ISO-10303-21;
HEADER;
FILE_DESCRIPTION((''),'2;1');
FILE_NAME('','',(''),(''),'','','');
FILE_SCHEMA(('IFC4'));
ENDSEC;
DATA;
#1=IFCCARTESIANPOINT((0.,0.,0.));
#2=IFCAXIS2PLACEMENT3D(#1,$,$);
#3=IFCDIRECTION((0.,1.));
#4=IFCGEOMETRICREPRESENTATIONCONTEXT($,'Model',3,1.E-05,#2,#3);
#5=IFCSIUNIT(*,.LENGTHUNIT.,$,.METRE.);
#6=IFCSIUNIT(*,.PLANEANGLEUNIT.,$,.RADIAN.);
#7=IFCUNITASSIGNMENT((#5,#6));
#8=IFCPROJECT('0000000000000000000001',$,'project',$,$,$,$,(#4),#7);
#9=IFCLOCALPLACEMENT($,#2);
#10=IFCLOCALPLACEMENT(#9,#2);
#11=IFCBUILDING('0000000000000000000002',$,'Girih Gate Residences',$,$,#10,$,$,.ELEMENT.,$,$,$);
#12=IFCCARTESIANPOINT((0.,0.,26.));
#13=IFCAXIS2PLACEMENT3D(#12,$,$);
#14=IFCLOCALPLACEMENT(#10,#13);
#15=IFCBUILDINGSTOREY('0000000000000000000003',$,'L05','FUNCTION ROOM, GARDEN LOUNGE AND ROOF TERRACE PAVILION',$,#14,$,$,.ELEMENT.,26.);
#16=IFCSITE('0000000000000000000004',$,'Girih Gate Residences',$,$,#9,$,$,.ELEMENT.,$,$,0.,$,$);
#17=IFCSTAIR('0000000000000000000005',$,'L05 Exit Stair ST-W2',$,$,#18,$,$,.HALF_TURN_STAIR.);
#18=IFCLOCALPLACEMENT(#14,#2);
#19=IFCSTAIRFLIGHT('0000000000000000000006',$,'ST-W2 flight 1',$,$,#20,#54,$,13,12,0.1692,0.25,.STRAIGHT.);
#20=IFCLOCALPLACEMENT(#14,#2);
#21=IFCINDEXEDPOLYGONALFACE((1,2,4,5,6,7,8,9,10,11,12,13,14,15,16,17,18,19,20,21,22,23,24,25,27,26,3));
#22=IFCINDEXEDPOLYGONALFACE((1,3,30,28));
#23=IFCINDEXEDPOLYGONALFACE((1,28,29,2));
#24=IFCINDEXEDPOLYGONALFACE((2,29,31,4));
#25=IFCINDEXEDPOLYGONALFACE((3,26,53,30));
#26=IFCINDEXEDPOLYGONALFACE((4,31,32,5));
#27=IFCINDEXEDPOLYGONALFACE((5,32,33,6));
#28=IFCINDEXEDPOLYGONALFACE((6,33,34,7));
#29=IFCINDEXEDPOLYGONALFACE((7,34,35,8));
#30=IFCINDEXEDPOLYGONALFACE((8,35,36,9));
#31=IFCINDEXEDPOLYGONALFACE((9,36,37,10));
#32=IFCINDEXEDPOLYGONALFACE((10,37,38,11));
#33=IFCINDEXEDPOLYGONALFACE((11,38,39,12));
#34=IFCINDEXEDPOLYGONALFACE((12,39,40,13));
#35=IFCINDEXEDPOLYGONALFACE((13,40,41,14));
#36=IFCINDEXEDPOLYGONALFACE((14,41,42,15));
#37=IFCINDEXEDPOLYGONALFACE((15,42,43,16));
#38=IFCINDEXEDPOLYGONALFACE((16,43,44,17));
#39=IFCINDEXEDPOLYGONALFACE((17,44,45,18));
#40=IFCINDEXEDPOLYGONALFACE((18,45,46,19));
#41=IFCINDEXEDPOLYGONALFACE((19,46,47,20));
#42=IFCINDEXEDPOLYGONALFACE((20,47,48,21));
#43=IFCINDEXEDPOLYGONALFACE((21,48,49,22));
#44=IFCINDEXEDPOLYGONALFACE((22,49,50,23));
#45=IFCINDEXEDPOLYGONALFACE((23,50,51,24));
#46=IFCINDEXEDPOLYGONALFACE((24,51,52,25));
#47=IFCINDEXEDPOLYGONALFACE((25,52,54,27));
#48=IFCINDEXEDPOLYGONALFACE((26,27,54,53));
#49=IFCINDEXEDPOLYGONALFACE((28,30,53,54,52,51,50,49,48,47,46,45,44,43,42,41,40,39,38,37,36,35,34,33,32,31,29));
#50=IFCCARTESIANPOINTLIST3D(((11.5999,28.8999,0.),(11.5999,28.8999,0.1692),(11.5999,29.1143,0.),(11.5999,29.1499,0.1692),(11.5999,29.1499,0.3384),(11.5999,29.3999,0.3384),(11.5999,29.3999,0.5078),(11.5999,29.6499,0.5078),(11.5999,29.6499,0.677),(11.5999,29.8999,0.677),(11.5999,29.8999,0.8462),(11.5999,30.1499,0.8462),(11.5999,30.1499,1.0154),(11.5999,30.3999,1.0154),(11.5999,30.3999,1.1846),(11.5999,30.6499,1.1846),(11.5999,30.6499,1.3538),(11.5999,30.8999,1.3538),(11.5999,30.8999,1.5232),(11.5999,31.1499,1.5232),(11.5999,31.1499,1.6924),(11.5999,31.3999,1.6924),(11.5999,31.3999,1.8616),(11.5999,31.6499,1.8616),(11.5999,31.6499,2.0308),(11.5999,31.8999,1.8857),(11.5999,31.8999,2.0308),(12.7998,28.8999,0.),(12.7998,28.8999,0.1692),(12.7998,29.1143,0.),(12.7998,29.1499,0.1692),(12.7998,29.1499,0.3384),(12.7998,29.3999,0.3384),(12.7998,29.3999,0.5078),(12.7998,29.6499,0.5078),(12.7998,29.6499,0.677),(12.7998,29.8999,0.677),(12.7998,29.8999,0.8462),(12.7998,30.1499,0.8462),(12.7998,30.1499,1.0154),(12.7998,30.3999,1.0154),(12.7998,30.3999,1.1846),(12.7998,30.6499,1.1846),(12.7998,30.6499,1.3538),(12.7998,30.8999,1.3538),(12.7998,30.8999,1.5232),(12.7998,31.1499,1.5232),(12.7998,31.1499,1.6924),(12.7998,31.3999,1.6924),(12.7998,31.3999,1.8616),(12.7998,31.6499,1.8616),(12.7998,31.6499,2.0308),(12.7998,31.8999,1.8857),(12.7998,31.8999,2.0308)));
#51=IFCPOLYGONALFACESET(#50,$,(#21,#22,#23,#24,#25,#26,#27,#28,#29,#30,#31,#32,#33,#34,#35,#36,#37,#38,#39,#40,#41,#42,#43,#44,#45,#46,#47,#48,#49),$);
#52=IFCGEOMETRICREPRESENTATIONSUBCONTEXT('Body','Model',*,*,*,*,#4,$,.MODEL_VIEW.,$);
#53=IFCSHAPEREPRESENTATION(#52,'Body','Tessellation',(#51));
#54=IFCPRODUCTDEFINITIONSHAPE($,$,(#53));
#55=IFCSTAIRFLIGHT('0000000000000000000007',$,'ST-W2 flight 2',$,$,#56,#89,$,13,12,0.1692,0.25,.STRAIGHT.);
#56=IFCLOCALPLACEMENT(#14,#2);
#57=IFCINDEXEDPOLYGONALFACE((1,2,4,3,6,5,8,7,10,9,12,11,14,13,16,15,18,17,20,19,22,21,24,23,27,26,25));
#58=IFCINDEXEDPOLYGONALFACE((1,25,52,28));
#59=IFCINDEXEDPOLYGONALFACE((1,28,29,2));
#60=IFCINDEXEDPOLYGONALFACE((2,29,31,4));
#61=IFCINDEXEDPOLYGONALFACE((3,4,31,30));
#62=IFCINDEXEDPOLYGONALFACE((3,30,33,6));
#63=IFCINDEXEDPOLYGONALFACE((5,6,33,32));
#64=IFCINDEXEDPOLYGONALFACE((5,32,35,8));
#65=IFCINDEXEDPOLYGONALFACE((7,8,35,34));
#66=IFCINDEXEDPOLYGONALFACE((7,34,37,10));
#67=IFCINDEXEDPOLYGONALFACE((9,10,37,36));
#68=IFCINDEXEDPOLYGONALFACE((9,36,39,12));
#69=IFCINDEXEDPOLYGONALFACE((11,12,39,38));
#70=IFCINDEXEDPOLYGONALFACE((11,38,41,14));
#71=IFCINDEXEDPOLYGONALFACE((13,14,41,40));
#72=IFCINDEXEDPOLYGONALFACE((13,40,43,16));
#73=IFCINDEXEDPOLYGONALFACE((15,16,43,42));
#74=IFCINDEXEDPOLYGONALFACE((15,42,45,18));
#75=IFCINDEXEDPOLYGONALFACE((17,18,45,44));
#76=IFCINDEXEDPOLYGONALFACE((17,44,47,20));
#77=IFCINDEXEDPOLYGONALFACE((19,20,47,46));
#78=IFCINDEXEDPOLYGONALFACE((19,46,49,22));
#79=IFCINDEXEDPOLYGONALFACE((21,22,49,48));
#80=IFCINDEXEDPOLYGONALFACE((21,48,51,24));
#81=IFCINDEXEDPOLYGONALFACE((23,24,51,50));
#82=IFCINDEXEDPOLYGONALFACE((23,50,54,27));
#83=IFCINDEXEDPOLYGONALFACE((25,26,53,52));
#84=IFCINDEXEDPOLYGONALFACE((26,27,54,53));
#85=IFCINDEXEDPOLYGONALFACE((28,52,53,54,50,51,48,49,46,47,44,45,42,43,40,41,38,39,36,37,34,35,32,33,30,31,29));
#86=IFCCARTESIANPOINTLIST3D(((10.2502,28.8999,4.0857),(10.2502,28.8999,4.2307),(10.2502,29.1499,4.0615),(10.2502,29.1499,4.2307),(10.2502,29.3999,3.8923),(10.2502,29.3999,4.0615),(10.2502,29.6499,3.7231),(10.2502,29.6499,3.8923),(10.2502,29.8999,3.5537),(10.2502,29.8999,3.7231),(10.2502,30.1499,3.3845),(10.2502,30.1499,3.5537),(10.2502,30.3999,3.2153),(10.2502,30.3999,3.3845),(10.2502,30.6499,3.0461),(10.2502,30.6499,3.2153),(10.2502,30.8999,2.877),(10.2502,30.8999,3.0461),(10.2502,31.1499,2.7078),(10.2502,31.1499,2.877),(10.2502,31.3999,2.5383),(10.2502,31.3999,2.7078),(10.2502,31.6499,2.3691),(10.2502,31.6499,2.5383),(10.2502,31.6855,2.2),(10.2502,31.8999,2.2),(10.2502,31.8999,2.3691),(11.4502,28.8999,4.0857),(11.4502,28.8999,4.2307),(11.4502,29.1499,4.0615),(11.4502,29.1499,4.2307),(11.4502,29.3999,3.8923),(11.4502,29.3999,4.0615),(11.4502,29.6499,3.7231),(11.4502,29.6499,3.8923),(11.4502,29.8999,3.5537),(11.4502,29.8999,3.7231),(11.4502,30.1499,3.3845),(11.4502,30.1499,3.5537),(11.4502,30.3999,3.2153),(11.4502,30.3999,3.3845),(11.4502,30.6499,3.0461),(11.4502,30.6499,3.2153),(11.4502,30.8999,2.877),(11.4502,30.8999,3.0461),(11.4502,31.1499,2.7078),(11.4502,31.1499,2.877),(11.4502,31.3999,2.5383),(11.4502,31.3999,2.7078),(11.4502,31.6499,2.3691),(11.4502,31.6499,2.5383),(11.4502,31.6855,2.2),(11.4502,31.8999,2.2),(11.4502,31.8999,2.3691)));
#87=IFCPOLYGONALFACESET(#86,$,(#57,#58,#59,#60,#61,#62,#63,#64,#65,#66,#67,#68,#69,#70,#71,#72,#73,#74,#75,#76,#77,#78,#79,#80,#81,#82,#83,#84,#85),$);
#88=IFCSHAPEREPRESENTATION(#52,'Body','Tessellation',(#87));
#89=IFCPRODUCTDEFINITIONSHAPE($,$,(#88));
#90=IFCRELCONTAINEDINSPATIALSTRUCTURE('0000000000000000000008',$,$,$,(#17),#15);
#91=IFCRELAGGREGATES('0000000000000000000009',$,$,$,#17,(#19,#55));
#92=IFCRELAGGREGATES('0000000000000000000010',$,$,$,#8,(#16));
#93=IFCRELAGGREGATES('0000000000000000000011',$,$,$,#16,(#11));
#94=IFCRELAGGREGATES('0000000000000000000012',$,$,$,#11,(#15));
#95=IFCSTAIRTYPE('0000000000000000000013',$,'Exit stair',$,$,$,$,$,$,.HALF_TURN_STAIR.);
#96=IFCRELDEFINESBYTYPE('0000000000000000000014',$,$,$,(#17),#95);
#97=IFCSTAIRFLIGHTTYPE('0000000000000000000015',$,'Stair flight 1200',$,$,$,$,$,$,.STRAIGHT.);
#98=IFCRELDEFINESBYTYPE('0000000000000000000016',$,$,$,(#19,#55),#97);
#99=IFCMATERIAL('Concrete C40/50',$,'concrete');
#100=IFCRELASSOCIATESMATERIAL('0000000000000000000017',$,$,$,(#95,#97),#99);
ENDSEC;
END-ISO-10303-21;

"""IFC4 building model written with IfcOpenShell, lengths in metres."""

from ifc_helpers import new_model, si_unit, direction, frame, origin, place, context, subcontext, project, spatial, polyline, outline, extrude, material, type_object, element, aggregate, save


model = new_model("IFC4")

# Units and contexts
model_context = context("Model", 3, precision=1e-05, world=origin(), true_north=direction((0.0, 1.0)))
body_context = subcontext(model_context, "Body", "Model", "MODEL_VIEW")
ifc_project = project(units=[si_unit("LENGTHUNIT", "METRE"), si_unit("PLANEANGLEUNIT", "RADIAN")], contexts=[model_context])

# Site, building, storey
site_placement = place(None, origin())
site = spatial("IfcSite", under=ifc_project, at=site_placement, Name="Girih Gate Residences", CompositionType="ELEMENT", RefElevation=0.0)
building_placement = place(site_placement, origin())
building = spatial("IfcBuilding", under=site, at=building_placement, Name="Girih Gate Residences", CompositionType="ELEMENT")
storey_placement = place(building_placement, frame((0.0, 0.0, 26.0)))
storey = spatial("IfcBuildingStorey", under=building, at=storey_placement, Name="L05", Description="FUNCTION ROOM, GARDEN LOUNGE AND ROOF TERRACE PAVILION", CompositionType="ELEMENT", Elevation=26.0)

# Shared definitions
ifc_material_1 = material(Name="Concrete C40/50", Category="concrete")

# Stair, stair flights
stair_type = type_object("IfcStairType", Name="Exit stair", PredefinedType="HALF_TURN_STAIR", material=ifc_material_1)
stair_placement = place(storey_placement, origin())
stair = element("IfcStair", 1, at=stair_placement, inside=storey, type_object=stair_type, Name="L05 Exit Stair ST-W2", PredefinedType="HALF_TURN_STAIR")
stair_flight_type = type_object("IfcStairFlightType", Name="Stair flight 1200", PredefinedType="STRAIGHT", material=ifc_material_1)
stair_flight_1_placement = place(storey_placement, frame((12.2, 28.8999, 0.0), z_axis=(0.0, 0.0, 1.0), x_axis=(0.0, 1.0, 0.0)))
stair_flight_1 = element("IfcStairFlight", 2, at=stair_flight_1_placement, type_object=stair_flight_type, Name="ST-W2 flight 1", NumberOfRisers=13, NumberOfTreads=12, PredefinedType="STRAIGHT", RiserHeight=0.1692, TreadLength=0.25, context=body_context, shape_type="SweptSolid", body=[
    extrude(outline(polyline([(0.0, 0.0), (0.0, 0.1692), (0.25, 0.1692), (0.25, 0.3384), (0.5, 0.3384), (0.5, 0.5078), (0.75, 0.5078), (0.75, 0.677), (1.0, 0.677), (1.0, 0.8462), (1.25, 0.8462), (1.25, 1.0154), (1.5, 1.0154), (1.5, 1.1846), (1.75, 1.1846), (1.75, 1.3538), (2.0, 1.3538), (2.0, 1.5232), (2.25, 1.5232), (2.25, 1.6924), (2.5, 1.6924), (2.5, 1.8616), (2.75, 1.8616), (2.75, 2.0308), (3.0, 2.0308), (3.0, 2.2), (3.0, 1.8857), (0.2144, 0.0), (0.0, 0.0)])), frame((0.0, 0.6001, 0.0), z_axis=(0.0, -1.0, 0.0), x_axis=(1.0, 0.0, 0.0)), (0.0, 0.0, 1.0), 1.2),
])
stair_flight_2_placement = place(storey_placement, frame((10.8501, 31.8999, 2.2), z_axis=(0.0, 0.0, 1.0), x_axis=(0.0, -1.0, 0.0)))
stair_flight_2 = element("IfcStairFlight", 3, at=stair_flight_2_placement, type_object=stair_flight_type, Name="ST-W2 flight 2", NumberOfRisers=13, NumberOfTreads=12, PredefinedType="STRAIGHT", RiserHeight=0.1692, TreadLength=0.25, context=body_context, shape_type="SweptSolid", body=[
    extrude(outline(polyline([(0.0, 0.0), (0.0, 0.1692), (0.25, 0.1692), (0.25, 0.3384), (0.5, 0.3384), (0.5, 0.5078), (0.75, 0.5078), (0.75, 0.677), (1.0, 0.677), (1.0, 0.8462), (1.25, 0.8462), (1.25, 1.0154), (1.5, 1.0154), (1.5, 1.1846), (1.75, 1.1846), (1.75, 1.3538), (2.0, 1.3538), (2.0, 1.5232), (2.25, 1.5232), (2.25, 1.6924), (2.5, 1.6924), (2.5, 1.8616), (2.75, 1.8616), (2.75, 2.0308), (3.0, 2.0308), (3.0, 2.2), (3.0, 1.8857), (0.2144, 0.0), (0.0, 0.0)])), frame((0.0, 0.6001, 0.0), z_axis=(0.0, -1.0, 0.0), x_axis=(1.0, 0.0, 0.0)), (0.0, 0.0, 1.0), 1.2),
])
aggregate(stair, [stair_flight_1, stair_flight_2])

save(model, "model.ifc")
